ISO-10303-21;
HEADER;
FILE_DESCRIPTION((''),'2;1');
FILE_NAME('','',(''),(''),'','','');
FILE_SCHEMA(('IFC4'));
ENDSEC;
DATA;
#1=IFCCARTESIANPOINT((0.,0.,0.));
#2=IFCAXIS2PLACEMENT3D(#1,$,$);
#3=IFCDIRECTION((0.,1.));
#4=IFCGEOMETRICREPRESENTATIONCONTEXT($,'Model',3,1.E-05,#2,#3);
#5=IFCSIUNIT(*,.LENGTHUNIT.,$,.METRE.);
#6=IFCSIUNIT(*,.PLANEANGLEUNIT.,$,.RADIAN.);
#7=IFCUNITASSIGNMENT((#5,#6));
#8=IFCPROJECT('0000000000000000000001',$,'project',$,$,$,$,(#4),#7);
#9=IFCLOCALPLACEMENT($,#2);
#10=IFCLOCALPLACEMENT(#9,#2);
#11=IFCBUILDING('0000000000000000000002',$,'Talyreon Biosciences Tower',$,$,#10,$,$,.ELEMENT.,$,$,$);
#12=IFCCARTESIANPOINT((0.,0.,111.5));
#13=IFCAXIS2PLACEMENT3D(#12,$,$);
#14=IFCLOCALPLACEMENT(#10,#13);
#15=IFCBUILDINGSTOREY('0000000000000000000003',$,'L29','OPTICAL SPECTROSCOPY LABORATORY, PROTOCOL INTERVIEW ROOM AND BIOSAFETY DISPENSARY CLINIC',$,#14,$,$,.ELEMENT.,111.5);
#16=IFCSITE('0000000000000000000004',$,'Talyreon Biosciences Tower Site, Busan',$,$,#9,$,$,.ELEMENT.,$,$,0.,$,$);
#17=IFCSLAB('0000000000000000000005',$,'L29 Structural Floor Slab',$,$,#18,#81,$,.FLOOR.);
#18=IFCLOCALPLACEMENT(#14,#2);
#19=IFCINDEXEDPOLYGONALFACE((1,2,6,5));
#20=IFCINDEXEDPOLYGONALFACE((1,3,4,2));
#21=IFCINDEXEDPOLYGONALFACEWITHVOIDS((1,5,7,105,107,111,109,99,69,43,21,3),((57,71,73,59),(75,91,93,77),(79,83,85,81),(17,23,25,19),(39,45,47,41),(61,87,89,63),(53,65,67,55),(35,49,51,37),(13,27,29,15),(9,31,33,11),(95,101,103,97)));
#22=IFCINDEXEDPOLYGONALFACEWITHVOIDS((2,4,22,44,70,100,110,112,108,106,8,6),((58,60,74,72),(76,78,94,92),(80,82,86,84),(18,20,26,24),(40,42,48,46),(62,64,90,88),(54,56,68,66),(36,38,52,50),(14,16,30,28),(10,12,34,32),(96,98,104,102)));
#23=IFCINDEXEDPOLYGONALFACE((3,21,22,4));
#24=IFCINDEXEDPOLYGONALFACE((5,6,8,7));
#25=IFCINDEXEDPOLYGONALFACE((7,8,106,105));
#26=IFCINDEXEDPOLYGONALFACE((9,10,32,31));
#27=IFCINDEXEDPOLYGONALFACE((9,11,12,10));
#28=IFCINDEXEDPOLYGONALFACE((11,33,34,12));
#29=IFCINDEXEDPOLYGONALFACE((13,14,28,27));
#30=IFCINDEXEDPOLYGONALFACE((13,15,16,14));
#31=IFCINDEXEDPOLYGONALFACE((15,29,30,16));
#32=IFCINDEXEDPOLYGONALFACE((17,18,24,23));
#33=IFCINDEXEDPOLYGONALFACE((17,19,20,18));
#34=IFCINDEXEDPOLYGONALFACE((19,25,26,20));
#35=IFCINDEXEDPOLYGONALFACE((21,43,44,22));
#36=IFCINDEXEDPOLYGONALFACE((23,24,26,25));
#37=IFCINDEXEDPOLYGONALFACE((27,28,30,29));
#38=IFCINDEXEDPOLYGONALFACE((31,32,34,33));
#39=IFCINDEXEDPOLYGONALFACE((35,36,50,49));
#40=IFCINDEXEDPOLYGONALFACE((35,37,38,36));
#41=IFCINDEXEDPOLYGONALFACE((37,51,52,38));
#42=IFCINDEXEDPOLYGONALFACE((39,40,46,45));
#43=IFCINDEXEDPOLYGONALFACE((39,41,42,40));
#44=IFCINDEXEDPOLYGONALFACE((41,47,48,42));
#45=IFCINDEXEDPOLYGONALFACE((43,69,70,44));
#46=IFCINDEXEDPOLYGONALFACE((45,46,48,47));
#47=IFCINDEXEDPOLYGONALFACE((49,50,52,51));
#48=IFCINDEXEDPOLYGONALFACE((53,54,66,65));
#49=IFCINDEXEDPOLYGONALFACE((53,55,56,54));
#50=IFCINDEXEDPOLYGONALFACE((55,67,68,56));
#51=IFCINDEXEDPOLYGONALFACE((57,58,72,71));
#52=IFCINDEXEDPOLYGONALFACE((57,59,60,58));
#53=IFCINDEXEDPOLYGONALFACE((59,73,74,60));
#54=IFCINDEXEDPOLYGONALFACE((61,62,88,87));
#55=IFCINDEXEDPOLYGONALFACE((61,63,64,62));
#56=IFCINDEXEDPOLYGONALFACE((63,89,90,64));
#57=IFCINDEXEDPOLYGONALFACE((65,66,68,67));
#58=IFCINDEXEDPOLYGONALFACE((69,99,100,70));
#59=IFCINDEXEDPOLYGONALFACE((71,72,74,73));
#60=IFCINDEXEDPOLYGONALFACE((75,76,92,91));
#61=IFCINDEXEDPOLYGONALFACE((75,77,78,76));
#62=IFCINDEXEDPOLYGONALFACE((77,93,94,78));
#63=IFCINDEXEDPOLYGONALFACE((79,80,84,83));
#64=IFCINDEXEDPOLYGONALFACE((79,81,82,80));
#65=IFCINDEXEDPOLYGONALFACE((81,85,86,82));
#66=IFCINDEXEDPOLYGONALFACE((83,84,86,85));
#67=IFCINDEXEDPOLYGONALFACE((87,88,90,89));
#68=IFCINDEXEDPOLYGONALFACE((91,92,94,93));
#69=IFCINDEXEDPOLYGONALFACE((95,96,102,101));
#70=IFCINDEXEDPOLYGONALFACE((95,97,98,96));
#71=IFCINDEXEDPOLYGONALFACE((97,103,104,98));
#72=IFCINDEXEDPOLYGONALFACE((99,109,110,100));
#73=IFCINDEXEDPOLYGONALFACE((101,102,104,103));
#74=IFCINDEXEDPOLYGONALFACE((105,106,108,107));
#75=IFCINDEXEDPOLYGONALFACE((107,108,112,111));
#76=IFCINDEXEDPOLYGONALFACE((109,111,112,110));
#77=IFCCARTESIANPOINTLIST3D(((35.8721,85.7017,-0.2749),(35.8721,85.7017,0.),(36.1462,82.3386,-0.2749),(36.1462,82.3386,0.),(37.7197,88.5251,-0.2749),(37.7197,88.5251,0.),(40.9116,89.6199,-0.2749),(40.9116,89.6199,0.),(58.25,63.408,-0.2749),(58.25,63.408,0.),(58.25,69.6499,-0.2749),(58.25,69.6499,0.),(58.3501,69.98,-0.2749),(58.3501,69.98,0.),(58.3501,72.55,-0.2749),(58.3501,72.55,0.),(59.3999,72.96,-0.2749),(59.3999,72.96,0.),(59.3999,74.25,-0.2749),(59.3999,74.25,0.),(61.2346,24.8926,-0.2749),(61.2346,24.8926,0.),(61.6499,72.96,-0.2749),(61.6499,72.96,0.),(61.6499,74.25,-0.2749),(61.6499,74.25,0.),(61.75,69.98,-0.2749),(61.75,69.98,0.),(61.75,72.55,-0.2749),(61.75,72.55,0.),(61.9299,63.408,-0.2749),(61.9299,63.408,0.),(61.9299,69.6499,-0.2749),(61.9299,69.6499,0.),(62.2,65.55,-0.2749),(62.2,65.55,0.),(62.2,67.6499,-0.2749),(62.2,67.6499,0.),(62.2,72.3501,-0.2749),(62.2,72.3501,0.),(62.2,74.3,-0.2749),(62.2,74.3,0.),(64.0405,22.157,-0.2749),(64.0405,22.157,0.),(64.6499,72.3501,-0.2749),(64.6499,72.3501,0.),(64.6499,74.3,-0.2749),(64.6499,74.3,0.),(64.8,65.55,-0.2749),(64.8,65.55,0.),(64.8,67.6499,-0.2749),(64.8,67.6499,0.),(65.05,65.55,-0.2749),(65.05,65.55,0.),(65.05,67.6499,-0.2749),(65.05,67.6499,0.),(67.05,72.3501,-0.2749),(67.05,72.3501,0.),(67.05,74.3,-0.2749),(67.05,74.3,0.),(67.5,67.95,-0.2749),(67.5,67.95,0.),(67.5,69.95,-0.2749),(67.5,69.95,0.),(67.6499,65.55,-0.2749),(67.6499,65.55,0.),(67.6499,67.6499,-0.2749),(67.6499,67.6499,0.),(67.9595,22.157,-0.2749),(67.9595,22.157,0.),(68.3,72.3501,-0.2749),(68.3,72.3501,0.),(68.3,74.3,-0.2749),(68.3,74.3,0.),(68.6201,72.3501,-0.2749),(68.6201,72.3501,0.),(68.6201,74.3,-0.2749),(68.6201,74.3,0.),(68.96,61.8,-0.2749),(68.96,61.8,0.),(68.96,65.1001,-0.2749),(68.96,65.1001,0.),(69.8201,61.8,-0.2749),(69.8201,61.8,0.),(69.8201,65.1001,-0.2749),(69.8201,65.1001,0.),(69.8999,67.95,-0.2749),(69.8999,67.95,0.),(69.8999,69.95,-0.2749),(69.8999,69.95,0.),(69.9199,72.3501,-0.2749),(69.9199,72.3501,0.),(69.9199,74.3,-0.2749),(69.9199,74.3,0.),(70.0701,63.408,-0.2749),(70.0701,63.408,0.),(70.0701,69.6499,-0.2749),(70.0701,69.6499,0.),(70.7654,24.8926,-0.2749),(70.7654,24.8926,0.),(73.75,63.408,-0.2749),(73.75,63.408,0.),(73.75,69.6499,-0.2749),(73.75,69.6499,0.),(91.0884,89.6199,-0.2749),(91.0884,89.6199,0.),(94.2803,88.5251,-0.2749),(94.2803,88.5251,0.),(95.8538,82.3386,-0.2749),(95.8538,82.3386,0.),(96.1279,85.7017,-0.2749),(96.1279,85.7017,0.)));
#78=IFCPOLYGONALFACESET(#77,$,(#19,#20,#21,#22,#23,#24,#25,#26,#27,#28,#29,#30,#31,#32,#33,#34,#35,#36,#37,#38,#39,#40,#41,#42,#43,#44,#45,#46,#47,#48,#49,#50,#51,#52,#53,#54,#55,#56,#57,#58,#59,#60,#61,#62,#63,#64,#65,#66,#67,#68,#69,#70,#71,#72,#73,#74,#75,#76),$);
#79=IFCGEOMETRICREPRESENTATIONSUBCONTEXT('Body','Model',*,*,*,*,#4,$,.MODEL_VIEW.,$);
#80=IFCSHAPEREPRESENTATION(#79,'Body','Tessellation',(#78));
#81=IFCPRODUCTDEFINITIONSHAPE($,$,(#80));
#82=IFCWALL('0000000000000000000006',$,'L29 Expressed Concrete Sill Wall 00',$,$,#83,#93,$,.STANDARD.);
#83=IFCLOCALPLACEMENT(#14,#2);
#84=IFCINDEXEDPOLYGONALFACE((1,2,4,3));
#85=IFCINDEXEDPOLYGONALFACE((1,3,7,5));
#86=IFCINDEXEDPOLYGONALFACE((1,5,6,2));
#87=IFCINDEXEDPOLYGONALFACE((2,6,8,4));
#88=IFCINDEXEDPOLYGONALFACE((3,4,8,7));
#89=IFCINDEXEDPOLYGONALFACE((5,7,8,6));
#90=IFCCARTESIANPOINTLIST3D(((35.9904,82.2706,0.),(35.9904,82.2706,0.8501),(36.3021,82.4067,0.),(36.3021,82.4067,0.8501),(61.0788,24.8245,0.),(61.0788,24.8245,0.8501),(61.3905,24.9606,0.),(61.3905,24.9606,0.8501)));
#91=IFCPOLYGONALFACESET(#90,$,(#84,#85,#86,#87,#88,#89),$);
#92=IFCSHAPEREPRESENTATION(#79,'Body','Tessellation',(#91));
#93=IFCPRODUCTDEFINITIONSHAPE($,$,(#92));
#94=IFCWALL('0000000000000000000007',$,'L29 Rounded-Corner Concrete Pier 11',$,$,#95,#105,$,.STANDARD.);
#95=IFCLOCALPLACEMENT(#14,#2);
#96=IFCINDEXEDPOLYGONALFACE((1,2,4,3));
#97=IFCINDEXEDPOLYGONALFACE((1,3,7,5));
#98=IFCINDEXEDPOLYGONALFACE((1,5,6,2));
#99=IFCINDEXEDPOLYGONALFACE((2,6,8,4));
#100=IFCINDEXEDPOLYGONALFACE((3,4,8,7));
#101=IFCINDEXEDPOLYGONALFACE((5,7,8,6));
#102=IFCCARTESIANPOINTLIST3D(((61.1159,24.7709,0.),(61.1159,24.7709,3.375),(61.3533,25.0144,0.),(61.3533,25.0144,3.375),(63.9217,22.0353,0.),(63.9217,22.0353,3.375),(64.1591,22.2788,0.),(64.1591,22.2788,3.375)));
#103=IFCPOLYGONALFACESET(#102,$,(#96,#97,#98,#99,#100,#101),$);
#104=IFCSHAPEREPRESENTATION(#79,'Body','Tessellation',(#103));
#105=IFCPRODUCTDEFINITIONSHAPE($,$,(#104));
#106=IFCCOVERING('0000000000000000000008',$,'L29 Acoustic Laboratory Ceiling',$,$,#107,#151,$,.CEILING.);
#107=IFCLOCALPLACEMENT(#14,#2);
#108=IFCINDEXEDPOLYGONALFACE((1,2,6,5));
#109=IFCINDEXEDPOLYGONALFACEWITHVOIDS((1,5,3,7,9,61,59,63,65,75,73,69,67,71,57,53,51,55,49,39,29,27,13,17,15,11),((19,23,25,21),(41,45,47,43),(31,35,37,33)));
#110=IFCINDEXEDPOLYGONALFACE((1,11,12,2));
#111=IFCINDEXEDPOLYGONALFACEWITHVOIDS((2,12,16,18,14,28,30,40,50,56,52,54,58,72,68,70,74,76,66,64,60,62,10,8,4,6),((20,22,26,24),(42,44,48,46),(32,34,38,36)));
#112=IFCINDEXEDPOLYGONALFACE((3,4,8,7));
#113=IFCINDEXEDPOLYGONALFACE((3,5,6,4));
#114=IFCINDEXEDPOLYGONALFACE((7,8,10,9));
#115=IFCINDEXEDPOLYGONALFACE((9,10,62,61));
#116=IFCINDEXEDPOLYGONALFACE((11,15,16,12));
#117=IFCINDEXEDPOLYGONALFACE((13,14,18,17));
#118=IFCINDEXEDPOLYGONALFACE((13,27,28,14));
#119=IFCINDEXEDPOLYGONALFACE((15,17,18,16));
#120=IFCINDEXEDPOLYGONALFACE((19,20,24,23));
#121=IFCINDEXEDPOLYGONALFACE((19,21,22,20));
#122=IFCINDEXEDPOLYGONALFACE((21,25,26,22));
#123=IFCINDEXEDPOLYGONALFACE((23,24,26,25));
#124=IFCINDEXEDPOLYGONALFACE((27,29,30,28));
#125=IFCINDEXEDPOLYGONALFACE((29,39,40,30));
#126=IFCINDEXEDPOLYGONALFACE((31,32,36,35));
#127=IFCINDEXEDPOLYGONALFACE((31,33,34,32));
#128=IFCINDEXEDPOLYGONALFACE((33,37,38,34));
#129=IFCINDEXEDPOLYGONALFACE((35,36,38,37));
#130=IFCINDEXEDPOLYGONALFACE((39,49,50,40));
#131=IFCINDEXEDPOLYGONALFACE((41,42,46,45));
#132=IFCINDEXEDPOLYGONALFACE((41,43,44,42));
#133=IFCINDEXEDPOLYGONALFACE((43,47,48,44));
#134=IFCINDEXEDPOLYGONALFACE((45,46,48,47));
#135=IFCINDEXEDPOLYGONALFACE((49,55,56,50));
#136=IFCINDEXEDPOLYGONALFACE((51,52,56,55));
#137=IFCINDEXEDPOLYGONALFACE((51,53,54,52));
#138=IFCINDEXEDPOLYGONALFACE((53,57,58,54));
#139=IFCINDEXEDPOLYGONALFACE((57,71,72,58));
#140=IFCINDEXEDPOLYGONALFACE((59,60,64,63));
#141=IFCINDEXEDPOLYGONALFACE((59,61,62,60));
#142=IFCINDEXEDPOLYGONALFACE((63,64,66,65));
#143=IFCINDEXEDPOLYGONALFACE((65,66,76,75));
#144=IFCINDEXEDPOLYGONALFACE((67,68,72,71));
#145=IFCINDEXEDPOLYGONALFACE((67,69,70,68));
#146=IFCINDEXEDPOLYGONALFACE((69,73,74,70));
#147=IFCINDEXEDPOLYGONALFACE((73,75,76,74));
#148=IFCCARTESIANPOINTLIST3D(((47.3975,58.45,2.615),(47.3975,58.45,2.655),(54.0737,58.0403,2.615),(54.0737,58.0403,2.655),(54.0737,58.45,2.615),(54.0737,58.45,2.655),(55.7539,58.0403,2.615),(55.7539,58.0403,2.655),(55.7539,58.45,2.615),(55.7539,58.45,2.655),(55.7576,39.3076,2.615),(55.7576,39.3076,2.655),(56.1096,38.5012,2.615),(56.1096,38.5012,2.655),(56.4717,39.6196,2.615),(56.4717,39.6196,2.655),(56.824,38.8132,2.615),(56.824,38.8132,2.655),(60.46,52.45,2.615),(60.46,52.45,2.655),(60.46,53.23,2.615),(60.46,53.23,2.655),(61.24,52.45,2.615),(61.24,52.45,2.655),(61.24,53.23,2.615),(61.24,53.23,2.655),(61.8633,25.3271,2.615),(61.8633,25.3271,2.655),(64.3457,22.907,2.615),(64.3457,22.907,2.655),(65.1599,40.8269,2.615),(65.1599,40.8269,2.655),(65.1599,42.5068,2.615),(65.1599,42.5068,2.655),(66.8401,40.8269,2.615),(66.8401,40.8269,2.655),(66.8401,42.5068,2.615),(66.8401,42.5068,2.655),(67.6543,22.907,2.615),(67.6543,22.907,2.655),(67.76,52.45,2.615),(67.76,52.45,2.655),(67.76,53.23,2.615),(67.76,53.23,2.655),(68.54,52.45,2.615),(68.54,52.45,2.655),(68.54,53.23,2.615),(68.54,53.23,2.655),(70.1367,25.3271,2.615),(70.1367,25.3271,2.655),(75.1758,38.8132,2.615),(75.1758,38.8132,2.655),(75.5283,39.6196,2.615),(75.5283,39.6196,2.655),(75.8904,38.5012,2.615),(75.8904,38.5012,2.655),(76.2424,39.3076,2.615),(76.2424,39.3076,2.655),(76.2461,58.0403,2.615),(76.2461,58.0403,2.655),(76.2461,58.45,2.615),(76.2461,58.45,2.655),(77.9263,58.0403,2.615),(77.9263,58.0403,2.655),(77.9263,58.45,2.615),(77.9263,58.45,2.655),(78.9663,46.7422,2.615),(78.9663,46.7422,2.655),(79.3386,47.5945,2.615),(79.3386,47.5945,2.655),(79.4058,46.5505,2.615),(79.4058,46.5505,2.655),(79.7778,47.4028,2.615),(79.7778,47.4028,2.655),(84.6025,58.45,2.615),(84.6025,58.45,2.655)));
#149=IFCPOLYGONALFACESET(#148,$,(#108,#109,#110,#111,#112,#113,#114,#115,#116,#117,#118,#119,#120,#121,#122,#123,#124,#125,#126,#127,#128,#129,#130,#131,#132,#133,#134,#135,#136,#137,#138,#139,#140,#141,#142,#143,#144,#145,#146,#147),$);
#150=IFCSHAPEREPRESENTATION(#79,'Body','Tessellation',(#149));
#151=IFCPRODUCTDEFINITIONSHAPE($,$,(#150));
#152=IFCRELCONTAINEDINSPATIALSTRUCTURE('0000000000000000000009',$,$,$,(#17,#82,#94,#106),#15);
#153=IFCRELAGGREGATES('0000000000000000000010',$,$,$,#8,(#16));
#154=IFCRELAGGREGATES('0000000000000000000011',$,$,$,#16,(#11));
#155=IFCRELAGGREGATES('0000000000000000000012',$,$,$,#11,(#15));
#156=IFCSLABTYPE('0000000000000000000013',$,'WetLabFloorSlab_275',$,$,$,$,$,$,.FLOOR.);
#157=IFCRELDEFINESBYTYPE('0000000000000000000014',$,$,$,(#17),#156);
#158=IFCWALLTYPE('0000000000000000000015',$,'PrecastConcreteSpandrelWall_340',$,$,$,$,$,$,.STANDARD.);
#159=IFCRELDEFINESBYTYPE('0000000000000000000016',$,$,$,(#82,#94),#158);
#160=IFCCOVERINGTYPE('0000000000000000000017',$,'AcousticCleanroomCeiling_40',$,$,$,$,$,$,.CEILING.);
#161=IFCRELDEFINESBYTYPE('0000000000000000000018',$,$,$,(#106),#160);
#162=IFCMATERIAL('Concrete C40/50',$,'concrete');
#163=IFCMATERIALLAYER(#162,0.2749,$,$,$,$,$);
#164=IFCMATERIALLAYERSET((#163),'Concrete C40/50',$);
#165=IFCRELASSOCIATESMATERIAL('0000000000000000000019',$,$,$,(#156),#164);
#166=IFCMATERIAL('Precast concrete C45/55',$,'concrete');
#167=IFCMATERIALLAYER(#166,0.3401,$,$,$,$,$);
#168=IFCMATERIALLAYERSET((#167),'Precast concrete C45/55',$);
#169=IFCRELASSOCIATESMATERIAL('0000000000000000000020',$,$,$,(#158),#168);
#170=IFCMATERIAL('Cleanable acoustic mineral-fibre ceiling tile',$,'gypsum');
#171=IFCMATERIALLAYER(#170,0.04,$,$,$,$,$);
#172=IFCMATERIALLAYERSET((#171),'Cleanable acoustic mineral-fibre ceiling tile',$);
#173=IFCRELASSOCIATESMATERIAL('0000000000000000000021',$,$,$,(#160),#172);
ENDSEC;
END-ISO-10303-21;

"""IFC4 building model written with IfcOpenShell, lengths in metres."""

from ifc_helpers import new_model, si_unit, direction, frame, frame_2d, origin, place, context, subcontext, project, spatial, polyline, rectangle, outline, extrude, material, layer, layer_set, type_object, element, save


model = new_model("IFC4")

# Units and contexts
model_context = context("Model", 3, precision=1e-05, world=origin(), true_north=direction((0.0, 1.0)))
body_context = subcontext(model_context, "Body", "Model", "MODEL_VIEW")
ifc_project = project(units=[si_unit("LENGTHUNIT", "METRE"), si_unit("PLANEANGLEUNIT", "RADIAN")], contexts=[model_context])

# Site, building, storey
site_placement = place(None, origin())
site = spatial("IfcSite", under=ifc_project, at=site_placement, Name="Talyreon Biosciences Tower Site, Busan", CompositionType="ELEMENT", RefElevation=0.0)
building_placement = place(site_placement, origin())
building = spatial("IfcBuilding", under=site, at=building_placement, Name="Talyreon Biosciences Tower", CompositionType="ELEMENT")
storey_placement = place(building_placement, frame((0.0, 0.0, 111.5)))
storey = spatial("IfcBuildingStorey", under=building, at=storey_placement, Name="L29", Description="OPTICAL SPECTROSCOPY LABORATORY, PROTOCOL INTERVIEW ROOM AND BIOSAFETY DISPENSARY CLINIC", CompositionType="ELEMENT", Elevation=111.5)

# Shared definitions
ifc_material_1 = material(Name="Precast concrete C45/55", Category="concrete")

# Shared definitions
ifc_material_2 = material(Name="Concrete C40/50", Category="concrete")

# Slab
ifc_layer_1 = layer(ifc_material_2, 0.2749)
ifc_layer_set_1 = layer_set([ifc_layer_1], Name="Concrete C40/50")
slab_type_1 = type_object("IfcSlabType", Name="WetLabFloorSlab_275", PredefinedType="FLOOR", material=ifc_layer_set_1)
slab_1_placement = place(storey_placement, frame((0.0, 0.0, -0.2749)))
element("IfcSlab", 1, at=slab_1_placement, inside=storey, type_object=slab_type_1, Name="L29 Structural Floor Slab", PredefinedType="FLOOR", context=body_context, shape_type="SweptSolid", body=[
    extrude(outline(polyline([(61.2346, 24.8926), (36.1462, 82.3386), (35.8721, 85.7017), (37.7197, 88.5251), (40.9116, 89.6199), (91.0884, 89.6199), (94.2803, 88.5251), (96.1279, 85.7017), (95.8538, 82.3386), (70.7654, 24.8926), (67.9595, 22.157), (64.0405, 22.157), (61.2346, 24.8926)]), holes=[polyline([(61.9299, 69.6499), (61.9299, 63.408), (58.25, 63.408), (58.25, 69.6499), (61.9299, 69.6499)]), polyline([(64.8, 67.6499), (64.8, 65.55), (62.2, 65.55), (62.2, 67.6499), (64.8, 67.6499)]), polyline([(67.6499, 67.6499), (67.6499, 65.55), (65.05, 65.55), (65.05, 67.6499), (67.6499, 67.6499)]), polyline([(61.75, 69.98), (58.3501, 69.98), (58.3501, 72.55), (61.75, 72.55), (61.75, 69.98)]), polyline([(64.6499, 72.3501), (62.2, 72.3501), (62.2, 74.3), (64.6499, 74.3), (64.6499, 72.3501)]), polyline([(61.6499, 74.25), (61.6499, 72.96), (59.3999, 72.96), (59.3999, 74.25), (61.6499, 74.25)]), polyline([(69.8201, 61.8), (68.96, 61.8), (68.96, 65.1001), (69.8201, 65.1001), (69.8201, 61.8)]), polyline([(73.75, 63.408), (70.0701, 63.408), (70.0701, 69.6499), (73.75, 69.6499), (73.75, 63.408)]), polyline([(69.8999, 69.95), (69.8999, 67.95), (67.5, 67.95), (67.5, 69.95), (69.8999, 69.95)]), polyline([(68.3, 72.3501), (67.05, 72.3501), (67.05, 74.3), (68.3, 74.3), (68.3, 72.3501)]), polyline([(69.9199, 72.3501), (68.6201, 72.3501), (68.6201, 74.3), (69.9199, 74.3), (69.9199, 72.3501)])]), origin(), (0.0, 0.0, 1.0), 0.2749),
])

# Walls
ifc_layer_2 = layer(ifc_material_1, 0.3401)
ifc_layer_set_2 = layer_set([ifc_layer_2], Name="Precast concrete C45/55")
wall_type = type_object("IfcWallType", Name="PrecastConcreteSpandrelWall_340", PredefinedType="STANDARD", material=ifc_layer_set_2)
wall_1_placement = place(storey_placement, frame((61.2346, 24.8926, 0.0), z_axis=(0.0, 0.0, 1.0), x_axis=(-0.400226, 0.916416, 0.0)))
element("IfcWall", 2, at=wall_1_placement, inside=storey, type_object=wall_type, Name="L29 Expressed Concrete Sill Wall 00", PredefinedType="STANDARD", context=body_context, shape_type="SweptSolid", body=[
    extrude(rectangle(XDim=62.6855, YDim=0.3401, at=frame_2d((31.3428, 0.0))), origin(), (0.0, 0.0, 1.0), 0.8501),
])
wall_2_placement = place(storey_placement, frame((64.0405, 22.157, 0.0), z_axis=(0.0, 0.0, 1.0), x_axis=(-0.716021, 0.698079, 0.0)))
element("IfcWall", 3, at=wall_2_placement, inside=storey, type_object=wall_type, Name="L29 Rounded-Corner Concrete Pier 11", PredefinedType="STANDARD", context=body_context, shape_type="SweptSolid", body=[
    extrude(rectangle(XDim=3.9187, YDim=0.3401, at=frame_2d((1.9595, 0.0))), origin(), (0.0, 0.0, 1.0), 3.375),
])

# Covering
ifc_material_3 = material(Name="Cleanable acoustic mineral-fibre ceiling tile", Category="gypsum")
ifc_layer_3 = layer(ifc_material_3, 0.04)
ifc_layer_set_3 = layer_set([ifc_layer_3], Name="Cleanable acoustic mineral-fibre ceiling tile")
covering_type_1 = type_object("IfcCoveringType", Name="AcousticCleanroomCeiling_40", PredefinedType="CEILING", material=ifc_layer_set_3)
covering_1_placement = place(storey_placement, frame((0.0, 0.0, 2.615)))
element("IfcCovering", 4, at=covering_1_placement, inside=storey, type_object=covering_type_1, Name="L29 Acoustic Laboratory Ceiling", PredefinedType="CEILING", context=body_context, shape_type="SweptSolid", body=[
    extrude(outline(polyline([(54.0737, 58.45), (54.0737, 58.0403), (55.7539, 58.0403), (55.7539, 58.45), (76.2461, 58.45), (76.2461, 58.0403), (77.9263, 58.0403), (77.9263, 58.45), (84.6025, 58.45), (79.7778, 47.4028), (79.3386, 47.5945), (78.9663, 46.7422), (79.4058, 46.5505), (76.2424, 39.3076), (75.5283, 39.6196), (75.1758, 38.8132), (75.8904, 38.5012), (70.1367, 25.3271), (67.6543, 22.907), (64.3457, 22.907), (61.8633, 25.3271), (56.1096, 38.5012), (56.824, 38.8132), (56.4717, 39.6196), (55.7576, 39.3076), (47.3975, 58.45), (54.0737, 58.45)]), holes=[polyline([(66.8401, 40.8269), (66.8401, 42.5068), (65.1599, 42.5068), (65.1599, 40.8269), (66.8401, 40.8269)]), polyline([(61.24, 52.45), (61.24, 53.23), (60.46, 53.23), (60.46, 52.45), (61.24, 52.45)]), polyline([(67.76, 52.45), (68.54, 52.45), (68.54, 53.23), (67.76, 53.23), (67.76, 52.45)])]), origin(), (0.0, 0.0, 1.0), 0.04),
])

save(model, "model.ifc")
